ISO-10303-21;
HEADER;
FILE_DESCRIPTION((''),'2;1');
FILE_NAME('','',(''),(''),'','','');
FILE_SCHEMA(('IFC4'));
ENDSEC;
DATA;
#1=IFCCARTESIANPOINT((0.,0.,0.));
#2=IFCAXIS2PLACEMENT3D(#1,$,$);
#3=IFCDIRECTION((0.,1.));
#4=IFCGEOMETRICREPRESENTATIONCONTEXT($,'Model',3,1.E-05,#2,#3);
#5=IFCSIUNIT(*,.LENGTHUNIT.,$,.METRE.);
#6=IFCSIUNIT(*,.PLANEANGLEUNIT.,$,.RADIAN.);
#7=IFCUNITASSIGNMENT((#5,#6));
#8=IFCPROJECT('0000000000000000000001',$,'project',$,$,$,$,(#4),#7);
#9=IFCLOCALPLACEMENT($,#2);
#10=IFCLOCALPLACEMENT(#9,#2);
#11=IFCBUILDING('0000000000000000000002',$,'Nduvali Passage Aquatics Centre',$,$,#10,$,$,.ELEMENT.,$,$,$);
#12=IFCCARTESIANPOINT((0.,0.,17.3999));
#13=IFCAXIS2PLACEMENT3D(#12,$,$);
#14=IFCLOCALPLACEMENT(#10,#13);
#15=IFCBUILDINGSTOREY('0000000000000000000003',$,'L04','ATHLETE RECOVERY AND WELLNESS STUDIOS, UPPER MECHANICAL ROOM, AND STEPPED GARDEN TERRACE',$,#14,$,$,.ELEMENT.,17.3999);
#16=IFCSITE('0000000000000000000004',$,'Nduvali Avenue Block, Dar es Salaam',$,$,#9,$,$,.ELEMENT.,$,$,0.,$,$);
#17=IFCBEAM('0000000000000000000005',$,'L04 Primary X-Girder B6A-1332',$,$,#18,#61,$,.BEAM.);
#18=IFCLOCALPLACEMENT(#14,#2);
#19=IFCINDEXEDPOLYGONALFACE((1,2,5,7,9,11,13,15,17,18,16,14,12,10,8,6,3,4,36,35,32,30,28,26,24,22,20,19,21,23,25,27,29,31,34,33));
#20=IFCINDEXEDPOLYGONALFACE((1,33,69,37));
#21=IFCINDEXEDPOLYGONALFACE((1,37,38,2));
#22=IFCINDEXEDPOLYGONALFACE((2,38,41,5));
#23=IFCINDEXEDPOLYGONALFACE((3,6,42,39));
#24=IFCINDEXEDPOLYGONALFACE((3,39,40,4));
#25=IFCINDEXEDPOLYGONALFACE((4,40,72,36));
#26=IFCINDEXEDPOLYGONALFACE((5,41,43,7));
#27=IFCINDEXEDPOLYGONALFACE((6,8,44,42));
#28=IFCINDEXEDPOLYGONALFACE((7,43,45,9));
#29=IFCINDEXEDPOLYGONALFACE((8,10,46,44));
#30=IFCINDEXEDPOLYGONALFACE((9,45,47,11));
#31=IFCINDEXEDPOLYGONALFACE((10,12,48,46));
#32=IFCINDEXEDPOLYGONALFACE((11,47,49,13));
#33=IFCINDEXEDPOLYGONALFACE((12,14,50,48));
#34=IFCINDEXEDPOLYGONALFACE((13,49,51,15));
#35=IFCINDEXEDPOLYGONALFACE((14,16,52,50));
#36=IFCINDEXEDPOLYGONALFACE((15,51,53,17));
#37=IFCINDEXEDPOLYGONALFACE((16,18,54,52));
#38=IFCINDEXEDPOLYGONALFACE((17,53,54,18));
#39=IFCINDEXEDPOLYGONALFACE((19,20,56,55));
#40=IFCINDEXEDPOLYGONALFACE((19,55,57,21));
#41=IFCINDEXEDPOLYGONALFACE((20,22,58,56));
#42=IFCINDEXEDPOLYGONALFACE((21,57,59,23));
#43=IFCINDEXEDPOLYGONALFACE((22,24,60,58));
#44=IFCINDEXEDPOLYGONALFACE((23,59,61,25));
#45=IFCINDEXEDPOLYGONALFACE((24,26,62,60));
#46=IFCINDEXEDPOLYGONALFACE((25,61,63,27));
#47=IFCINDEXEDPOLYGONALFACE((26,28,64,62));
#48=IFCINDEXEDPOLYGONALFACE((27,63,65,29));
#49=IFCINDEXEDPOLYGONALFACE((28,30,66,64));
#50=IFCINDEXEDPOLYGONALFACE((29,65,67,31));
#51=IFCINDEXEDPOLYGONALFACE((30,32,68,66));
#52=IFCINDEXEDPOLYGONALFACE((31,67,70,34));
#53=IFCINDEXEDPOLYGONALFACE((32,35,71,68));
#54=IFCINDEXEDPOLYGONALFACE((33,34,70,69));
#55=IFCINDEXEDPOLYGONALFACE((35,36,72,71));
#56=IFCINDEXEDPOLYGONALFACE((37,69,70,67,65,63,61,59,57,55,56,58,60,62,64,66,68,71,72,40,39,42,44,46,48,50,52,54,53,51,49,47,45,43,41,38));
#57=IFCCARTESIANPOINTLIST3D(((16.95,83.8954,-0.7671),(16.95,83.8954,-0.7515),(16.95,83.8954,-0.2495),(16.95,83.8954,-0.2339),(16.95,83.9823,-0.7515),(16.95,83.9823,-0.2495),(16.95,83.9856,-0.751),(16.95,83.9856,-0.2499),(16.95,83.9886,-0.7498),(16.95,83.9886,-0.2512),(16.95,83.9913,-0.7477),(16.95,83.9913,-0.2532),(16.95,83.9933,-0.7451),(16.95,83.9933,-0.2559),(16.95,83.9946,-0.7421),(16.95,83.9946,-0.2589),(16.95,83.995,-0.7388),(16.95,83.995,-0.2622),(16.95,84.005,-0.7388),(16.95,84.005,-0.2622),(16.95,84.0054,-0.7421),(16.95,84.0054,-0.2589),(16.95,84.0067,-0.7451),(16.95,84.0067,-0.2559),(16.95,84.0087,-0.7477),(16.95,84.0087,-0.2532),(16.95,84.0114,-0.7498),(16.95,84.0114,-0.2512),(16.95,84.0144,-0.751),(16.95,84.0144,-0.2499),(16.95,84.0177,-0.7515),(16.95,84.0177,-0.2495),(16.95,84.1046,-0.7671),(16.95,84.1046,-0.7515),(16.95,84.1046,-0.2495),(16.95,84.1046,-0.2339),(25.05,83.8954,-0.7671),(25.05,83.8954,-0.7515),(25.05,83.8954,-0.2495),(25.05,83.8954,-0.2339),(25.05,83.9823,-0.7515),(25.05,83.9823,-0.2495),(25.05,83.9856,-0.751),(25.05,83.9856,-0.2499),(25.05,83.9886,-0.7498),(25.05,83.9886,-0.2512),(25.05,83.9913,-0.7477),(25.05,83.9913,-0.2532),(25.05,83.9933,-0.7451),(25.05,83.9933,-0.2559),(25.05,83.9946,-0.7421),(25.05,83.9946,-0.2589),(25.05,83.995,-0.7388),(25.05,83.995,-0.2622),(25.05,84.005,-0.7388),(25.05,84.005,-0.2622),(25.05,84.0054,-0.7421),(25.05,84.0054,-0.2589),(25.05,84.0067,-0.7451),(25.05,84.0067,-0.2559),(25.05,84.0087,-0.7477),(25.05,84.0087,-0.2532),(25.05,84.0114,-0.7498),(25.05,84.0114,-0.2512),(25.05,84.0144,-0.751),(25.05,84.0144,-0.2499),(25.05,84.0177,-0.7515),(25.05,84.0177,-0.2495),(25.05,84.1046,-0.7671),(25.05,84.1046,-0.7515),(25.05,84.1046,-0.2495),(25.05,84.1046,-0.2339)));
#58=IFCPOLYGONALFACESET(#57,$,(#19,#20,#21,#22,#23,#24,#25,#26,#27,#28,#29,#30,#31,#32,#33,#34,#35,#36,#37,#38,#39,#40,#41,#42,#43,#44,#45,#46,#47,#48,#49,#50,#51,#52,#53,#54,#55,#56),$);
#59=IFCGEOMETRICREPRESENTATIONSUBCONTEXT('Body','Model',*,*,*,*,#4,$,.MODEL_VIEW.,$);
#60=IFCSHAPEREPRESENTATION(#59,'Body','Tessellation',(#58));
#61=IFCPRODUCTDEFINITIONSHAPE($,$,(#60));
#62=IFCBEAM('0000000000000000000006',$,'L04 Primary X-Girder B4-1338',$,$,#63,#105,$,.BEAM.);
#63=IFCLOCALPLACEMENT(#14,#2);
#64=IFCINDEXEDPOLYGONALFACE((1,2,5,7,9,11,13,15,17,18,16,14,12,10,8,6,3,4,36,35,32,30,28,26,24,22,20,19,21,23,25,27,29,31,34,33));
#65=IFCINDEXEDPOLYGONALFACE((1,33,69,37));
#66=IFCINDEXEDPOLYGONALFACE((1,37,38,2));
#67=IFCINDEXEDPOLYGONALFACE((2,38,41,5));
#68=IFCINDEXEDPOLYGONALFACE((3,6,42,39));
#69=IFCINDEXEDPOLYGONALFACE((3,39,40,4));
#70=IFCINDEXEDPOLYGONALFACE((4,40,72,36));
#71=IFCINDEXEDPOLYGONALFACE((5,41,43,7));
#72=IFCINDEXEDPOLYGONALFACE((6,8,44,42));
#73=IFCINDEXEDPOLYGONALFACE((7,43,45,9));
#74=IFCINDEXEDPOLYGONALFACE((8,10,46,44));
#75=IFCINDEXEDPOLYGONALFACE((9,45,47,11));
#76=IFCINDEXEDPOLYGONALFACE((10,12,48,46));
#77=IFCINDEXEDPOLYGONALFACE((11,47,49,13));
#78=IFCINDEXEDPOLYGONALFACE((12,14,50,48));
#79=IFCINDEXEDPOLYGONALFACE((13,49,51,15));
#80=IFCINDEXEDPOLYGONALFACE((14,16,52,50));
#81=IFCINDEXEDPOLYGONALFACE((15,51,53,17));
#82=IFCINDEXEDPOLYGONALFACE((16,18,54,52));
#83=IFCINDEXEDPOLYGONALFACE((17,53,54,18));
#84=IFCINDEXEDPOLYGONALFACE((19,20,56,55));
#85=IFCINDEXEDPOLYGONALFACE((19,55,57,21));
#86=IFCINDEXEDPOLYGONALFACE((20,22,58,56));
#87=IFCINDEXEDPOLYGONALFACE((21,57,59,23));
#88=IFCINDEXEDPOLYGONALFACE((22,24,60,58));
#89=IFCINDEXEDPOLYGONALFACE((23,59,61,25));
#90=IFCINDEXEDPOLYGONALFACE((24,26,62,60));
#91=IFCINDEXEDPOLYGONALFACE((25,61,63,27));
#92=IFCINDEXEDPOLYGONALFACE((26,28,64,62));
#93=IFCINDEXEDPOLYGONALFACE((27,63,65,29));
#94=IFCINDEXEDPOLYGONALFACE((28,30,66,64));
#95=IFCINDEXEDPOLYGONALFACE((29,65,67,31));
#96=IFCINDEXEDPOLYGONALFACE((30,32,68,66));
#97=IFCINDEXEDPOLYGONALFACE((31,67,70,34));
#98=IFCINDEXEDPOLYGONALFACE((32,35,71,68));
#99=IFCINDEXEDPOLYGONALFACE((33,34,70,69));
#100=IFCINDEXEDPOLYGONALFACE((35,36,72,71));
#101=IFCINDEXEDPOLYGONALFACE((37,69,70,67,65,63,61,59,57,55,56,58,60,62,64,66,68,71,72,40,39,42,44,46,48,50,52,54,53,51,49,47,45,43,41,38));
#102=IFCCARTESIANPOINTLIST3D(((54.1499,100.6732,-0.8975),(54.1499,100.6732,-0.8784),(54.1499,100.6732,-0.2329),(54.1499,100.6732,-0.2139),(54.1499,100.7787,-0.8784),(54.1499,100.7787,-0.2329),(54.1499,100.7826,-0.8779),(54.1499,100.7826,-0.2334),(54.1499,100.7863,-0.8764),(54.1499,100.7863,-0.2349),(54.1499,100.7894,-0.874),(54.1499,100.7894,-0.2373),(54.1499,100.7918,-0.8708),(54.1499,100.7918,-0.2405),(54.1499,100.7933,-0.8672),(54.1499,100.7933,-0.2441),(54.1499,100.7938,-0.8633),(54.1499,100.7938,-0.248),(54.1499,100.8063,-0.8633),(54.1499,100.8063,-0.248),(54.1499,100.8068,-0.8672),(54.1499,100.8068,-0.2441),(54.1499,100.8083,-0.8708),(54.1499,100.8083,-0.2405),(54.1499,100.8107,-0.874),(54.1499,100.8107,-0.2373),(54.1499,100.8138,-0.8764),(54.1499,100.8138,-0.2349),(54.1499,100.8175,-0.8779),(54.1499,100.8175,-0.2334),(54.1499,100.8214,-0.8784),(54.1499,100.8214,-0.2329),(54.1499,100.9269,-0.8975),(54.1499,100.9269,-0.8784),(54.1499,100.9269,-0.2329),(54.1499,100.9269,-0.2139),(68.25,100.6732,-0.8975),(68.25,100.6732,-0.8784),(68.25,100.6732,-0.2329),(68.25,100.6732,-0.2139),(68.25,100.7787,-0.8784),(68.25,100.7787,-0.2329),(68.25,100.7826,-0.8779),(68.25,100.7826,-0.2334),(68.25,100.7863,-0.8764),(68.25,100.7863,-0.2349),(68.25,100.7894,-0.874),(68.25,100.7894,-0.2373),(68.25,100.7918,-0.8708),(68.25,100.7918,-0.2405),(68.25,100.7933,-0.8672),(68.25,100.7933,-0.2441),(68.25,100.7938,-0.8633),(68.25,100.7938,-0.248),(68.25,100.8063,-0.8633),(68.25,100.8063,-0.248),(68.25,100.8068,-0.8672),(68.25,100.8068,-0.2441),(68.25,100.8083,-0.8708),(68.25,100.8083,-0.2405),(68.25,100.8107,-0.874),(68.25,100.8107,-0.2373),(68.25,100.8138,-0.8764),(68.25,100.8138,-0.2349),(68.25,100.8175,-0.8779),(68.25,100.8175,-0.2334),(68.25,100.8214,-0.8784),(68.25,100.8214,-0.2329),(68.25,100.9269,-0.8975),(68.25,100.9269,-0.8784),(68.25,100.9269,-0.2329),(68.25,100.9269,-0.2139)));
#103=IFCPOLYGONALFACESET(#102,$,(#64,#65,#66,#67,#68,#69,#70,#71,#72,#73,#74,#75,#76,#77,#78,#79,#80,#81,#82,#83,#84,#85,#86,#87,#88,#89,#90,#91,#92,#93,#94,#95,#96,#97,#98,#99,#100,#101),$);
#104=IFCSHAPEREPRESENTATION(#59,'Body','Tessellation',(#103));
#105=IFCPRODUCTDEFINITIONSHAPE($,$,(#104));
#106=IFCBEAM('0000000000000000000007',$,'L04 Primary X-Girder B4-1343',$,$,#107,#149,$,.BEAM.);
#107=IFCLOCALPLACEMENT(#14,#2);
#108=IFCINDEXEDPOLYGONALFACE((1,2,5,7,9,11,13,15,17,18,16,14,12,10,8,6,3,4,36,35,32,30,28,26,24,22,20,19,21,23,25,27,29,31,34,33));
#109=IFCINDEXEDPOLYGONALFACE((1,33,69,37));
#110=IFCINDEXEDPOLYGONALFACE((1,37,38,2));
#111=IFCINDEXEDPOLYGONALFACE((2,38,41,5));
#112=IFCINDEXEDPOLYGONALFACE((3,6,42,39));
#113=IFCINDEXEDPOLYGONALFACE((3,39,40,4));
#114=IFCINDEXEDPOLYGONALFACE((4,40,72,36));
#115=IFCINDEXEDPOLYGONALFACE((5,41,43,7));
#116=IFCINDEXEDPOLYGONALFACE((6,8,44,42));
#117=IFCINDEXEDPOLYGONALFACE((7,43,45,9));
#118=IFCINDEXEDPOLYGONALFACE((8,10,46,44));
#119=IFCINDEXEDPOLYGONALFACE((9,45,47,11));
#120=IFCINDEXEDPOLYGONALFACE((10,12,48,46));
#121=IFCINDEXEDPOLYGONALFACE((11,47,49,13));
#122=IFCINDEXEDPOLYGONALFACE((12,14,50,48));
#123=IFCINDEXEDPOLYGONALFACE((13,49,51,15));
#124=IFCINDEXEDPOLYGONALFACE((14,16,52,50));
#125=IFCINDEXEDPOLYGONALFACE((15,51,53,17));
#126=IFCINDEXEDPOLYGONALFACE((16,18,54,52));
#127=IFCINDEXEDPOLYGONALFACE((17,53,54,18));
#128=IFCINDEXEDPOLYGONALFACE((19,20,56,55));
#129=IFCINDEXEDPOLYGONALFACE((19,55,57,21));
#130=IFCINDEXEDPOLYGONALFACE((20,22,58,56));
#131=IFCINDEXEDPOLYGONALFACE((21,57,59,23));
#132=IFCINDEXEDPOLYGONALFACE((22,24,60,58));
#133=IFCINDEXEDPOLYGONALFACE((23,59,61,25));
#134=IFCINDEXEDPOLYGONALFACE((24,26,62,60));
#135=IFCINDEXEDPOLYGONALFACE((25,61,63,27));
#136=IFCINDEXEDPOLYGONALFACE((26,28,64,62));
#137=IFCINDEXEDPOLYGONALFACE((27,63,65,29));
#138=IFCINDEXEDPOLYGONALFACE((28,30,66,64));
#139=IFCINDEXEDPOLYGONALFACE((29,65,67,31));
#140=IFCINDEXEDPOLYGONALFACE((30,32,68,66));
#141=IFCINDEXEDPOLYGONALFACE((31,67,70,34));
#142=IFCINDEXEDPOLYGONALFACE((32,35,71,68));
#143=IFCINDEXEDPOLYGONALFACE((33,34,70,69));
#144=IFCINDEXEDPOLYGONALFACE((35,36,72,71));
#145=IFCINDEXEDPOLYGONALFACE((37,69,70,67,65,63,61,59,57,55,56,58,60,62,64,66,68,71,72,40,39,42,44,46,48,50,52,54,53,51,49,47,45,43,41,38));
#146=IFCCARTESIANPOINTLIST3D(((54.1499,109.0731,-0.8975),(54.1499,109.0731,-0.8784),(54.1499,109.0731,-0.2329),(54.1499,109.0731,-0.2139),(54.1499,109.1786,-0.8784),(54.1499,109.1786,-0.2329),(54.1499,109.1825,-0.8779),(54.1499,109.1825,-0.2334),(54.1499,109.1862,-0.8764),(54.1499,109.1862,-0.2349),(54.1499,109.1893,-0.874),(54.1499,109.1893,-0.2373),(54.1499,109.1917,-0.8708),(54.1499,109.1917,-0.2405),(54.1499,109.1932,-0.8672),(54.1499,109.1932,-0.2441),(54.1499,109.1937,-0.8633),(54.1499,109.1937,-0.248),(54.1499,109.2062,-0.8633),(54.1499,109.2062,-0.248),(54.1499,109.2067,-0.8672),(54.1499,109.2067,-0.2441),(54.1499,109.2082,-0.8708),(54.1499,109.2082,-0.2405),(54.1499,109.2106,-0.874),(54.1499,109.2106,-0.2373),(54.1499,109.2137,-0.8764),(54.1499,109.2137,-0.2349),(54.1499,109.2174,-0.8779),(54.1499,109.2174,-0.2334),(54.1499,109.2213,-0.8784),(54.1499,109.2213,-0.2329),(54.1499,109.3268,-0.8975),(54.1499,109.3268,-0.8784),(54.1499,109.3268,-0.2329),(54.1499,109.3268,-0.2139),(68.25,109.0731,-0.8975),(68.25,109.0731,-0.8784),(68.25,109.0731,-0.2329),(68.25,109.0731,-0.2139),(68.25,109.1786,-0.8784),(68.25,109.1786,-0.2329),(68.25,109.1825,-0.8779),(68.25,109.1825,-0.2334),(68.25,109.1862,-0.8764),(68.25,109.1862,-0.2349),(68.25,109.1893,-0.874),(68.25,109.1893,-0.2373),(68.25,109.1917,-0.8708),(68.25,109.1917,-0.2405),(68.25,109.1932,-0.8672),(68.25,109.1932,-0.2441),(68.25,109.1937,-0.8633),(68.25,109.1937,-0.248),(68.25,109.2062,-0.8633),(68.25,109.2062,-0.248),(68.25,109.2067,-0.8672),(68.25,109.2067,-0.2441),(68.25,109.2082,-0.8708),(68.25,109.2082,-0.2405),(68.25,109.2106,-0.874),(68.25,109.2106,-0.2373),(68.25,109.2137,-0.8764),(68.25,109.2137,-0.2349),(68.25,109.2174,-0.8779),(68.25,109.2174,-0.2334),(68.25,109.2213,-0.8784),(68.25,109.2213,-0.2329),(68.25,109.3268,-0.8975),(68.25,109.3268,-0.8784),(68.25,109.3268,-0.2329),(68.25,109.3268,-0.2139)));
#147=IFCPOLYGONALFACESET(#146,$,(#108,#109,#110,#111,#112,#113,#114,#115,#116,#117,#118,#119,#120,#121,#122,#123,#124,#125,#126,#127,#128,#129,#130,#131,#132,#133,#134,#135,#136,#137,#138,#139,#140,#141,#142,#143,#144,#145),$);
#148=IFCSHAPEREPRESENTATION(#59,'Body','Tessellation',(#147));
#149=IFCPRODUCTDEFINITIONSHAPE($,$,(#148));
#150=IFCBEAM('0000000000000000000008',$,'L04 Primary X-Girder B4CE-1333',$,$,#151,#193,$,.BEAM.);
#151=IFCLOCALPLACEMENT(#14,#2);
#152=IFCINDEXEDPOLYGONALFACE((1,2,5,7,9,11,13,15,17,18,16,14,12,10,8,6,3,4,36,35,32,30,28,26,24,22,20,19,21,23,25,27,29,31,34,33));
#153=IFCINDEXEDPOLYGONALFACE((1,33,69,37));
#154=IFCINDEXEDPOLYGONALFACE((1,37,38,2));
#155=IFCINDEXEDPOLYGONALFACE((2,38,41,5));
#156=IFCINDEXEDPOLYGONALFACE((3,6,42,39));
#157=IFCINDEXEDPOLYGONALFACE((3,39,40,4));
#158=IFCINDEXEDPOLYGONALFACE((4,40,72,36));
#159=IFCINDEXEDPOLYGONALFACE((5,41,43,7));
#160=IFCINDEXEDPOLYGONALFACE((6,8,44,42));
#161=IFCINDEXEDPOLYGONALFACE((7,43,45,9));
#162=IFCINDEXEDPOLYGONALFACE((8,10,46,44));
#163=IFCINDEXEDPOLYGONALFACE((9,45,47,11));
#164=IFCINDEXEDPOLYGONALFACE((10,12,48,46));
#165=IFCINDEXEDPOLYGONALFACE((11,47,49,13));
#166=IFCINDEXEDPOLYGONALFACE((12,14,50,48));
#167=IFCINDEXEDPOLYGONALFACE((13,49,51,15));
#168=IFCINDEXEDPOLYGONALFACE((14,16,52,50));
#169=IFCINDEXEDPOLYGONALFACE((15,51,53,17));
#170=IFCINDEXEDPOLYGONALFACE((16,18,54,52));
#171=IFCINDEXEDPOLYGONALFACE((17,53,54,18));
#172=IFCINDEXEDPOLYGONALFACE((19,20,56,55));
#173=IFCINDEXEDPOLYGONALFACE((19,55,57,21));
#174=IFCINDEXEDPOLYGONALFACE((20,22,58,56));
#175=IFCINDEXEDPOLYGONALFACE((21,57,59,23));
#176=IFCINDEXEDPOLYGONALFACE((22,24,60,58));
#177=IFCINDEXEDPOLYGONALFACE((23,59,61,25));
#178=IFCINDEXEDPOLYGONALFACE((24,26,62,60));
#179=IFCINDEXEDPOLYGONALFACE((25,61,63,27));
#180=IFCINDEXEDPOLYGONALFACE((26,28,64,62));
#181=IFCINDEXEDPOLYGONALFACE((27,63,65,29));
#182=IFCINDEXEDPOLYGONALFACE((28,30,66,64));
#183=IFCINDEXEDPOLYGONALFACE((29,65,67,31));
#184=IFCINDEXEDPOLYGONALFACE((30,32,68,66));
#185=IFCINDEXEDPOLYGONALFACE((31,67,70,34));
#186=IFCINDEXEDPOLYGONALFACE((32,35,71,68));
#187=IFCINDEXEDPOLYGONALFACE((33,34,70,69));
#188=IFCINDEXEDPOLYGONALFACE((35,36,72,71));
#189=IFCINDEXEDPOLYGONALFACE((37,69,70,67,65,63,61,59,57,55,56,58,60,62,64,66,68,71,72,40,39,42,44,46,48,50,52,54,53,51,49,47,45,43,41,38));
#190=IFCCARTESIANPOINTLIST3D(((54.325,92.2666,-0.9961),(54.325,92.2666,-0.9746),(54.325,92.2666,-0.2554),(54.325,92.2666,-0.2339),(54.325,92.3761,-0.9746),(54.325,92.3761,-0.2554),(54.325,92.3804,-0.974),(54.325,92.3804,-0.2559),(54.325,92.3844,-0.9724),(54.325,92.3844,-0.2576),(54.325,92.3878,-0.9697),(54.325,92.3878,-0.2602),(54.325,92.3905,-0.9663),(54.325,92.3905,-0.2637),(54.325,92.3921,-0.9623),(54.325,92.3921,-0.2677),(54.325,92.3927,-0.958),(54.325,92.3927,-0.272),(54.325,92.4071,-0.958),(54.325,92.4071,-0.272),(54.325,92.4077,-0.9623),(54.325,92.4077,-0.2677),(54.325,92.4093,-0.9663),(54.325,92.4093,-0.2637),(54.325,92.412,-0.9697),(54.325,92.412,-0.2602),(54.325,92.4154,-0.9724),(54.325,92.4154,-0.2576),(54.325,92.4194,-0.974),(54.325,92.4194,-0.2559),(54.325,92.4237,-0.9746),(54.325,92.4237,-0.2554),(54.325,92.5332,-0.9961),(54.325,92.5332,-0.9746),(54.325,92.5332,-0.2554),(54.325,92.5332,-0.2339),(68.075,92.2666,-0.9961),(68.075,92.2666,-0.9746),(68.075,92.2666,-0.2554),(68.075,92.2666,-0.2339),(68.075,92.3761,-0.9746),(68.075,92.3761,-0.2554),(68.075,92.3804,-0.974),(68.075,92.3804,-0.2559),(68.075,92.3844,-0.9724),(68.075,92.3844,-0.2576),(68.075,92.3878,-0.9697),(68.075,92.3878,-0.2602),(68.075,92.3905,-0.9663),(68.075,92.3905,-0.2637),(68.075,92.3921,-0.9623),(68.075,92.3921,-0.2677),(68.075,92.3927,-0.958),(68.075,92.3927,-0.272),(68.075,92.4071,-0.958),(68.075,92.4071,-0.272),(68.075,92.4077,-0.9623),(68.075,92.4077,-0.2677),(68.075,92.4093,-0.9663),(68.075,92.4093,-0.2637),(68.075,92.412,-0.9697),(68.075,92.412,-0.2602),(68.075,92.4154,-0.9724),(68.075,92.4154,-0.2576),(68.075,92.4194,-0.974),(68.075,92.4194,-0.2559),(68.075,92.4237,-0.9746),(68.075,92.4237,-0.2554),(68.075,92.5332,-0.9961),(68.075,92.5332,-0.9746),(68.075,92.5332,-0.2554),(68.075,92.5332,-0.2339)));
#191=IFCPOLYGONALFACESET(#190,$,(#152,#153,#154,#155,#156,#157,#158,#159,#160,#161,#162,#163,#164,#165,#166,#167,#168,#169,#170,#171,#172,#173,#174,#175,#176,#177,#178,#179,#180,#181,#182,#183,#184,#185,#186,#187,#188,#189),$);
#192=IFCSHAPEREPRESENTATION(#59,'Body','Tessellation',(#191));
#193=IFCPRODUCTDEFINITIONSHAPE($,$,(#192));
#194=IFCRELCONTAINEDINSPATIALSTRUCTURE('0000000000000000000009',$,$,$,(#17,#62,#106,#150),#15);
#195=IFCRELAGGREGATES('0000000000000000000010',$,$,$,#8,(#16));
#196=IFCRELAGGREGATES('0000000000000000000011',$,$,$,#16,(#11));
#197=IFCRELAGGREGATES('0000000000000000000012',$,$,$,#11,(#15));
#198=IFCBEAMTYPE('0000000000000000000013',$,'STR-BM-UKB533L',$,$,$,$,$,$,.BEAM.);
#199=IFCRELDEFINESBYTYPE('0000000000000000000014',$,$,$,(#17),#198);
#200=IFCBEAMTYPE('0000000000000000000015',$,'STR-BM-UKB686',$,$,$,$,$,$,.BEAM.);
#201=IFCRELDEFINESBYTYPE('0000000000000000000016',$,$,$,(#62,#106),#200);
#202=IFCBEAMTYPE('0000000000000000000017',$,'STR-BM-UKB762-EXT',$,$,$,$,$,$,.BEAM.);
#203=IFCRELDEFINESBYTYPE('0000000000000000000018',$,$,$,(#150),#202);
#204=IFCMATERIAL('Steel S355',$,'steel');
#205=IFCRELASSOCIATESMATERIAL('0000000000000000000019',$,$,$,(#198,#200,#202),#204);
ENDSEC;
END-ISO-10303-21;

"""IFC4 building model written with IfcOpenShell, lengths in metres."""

from ifc_helpers import new_model, si_unit, direction, frame, origin, origin_2d, place, context, subcontext, project, spatial, i_section, extrude, material, material_profile, profile_set, type_object, element, save


model = new_model("IFC4")

# Units and contexts
model_context = context("Model", 3, precision=1e-05, world=origin(), true_north=direction((0.0, 1.0)))
body_context = subcontext(model_context, "Body", "Model", "MODEL_VIEW")
ifc_project = project(units=[si_unit("LENGTHUNIT", "METRE"), si_unit("PLANEANGLEUNIT", "RADIAN")], contexts=[model_context])

# Site, building, storey
site_placement = place(None, origin())
site = spatial("IfcSite", under=ifc_project, at=site_placement, Name="Nduvali Avenue Block, Dar es Salaam", CompositionType="ELEMENT", RefElevation=0.0)
building_placement = place(site_placement, origin())
building = spatial("IfcBuilding", under=site, at=building_placement, Name="Nduvali Passage Aquatics Centre", CompositionType="ELEMENT")
storey_placement = place(building_placement, frame((0.0, 0.0, 17.3999)))
storey = spatial("IfcBuildingStorey", under=building, at=storey_placement, Name="L04", Description="ATHLETE RECOVERY AND WELLNESS STUDIOS, UPPER MECHANICAL ROOM, AND STEPPED GARDEN TERRACE", CompositionType="ELEMENT", Elevation=17.3999)

# Shared definitions
ifc_material_1 = material(Name="Steel S355", Category="steel")

# Beams
ifc_material_profile_1 = material_profile(ifc_material_1, i_section(OverallWidth=0.2092, OverallDepth=0.5332, WebThickness=0.01, FlangeThickness=0.0156, FilletRadius=0.0127, at=origin_2d()), Name="UKB 533x210x92")
ifc_profile_set_1 = profile_set([ifc_material_profile_1], Name="Steel S355")
beam_type_1 = type_object("IfcBeamType", Name="STR-BM-UKB533L", PredefinedType="BEAM", material=ifc_profile_set_1)
beam_1_placement = place(storey_placement, frame((16.95, 84.0, -0.5005), z_axis=(1.0, 0.0, 0.0), x_axis=(0.0, 1.0, 0.0)))
element("IfcBeam", 1, at=beam_1_placement, inside=storey, type_object=beam_type_1, Name="L04 Primary X-Girder B6A-1332", PredefinedType="BEAM", context=body_context, shape_type="SweptSolid", body=[
    extrude(i_section(OverallWidth=0.2092, OverallDepth=0.5332, WebThickness=0.01, FlangeThickness=0.0156, FilletRadius=0.0127, at=origin_2d()), origin(), (0.0, 0.0, 1.0), 8.1001),
])
ifc_material_profile_2 = material_profile(ifc_material_1, i_section(OverallWidth=0.2537, OverallDepth=0.6836, WebThickness=0.0125, FlangeThickness=0.019, FilletRadius=0.0151, at=origin_2d()), Name="UKB 686x254x140")
ifc_profile_set_2 = profile_set([ifc_material_profile_2], Name="Steel S355")
beam_type_2 = type_object("IfcBeamType", Name="STR-BM-UKB686", PredefinedType="BEAM", material=ifc_profile_set_2)
for number, where, z_axis, x_axis, name in (
    (2, (54.1499, 100.8, -0.5557), (1.0, 0.0, 0.0), (0.0, 1.0, 0.0), "L04 Primary X-Girder B4-1338"),
    (3, (54.1499, 109.2, -0.5557), (1.0, 0.0, 0.0), (0.0, 1.0, 0.0), "L04 Primary X-Girder B4-1343"),
):
    element("IfcBeam", number, at=place(storey_placement, frame(where, z_axis=z_axis, x_axis=x_axis)), inside=storey, type_object=beam_type_2, Name=name, PredefinedType="BEAM", context=body_context, shape_type="SweptSolid", body=[
        extrude(i_section(OverallWidth=0.2537, OverallDepth=0.6836, WebThickness=0.0125, FlangeThickness=0.019, FilletRadius=0.0151, at=origin_2d()), origin(), (0.0, 0.0, 1.0), 14.1001),
    ])
ifc_material_profile_3 = material_profile(ifc_material_1, i_section(OverallWidth=0.2666, OverallDepth=0.7622, WebThickness=0.0144, FlangeThickness=0.0215, FilletRadius=0.0166, at=origin_2d()), Name="UKB 762x267x173")
ifc_profile_set_3 = profile_set([ifc_material_profile_3], Name="Steel S355")
beam_type_3 = type_object("IfcBeamType", Name="STR-BM-UKB762-EXT", PredefinedType="BEAM", material=ifc_profile_set_3)
beam_2_placement = place(storey_placement, frame((54.325, 92.3999, -0.615), z_axis=(1.0, 0.0, 0.0), x_axis=(0.0, 1.0, 0.0)))
element("IfcBeam", 4, at=beam_2_placement, inside=storey, type_object=beam_type_3, Name="L04 Primary X-Girder B4CE-1333", PredefinedType="BEAM", context=body_context, shape_type="SweptSolid", body=[
    extrude(i_section(OverallWidth=0.2666, OverallDepth=0.7622, WebThickness=0.0144, FlangeThickness=0.0215, FilletRadius=0.0166, at=origin_2d()), origin(), (0.0, 0.0, 1.0), 13.75),
])

save(model, "model.ifc")
